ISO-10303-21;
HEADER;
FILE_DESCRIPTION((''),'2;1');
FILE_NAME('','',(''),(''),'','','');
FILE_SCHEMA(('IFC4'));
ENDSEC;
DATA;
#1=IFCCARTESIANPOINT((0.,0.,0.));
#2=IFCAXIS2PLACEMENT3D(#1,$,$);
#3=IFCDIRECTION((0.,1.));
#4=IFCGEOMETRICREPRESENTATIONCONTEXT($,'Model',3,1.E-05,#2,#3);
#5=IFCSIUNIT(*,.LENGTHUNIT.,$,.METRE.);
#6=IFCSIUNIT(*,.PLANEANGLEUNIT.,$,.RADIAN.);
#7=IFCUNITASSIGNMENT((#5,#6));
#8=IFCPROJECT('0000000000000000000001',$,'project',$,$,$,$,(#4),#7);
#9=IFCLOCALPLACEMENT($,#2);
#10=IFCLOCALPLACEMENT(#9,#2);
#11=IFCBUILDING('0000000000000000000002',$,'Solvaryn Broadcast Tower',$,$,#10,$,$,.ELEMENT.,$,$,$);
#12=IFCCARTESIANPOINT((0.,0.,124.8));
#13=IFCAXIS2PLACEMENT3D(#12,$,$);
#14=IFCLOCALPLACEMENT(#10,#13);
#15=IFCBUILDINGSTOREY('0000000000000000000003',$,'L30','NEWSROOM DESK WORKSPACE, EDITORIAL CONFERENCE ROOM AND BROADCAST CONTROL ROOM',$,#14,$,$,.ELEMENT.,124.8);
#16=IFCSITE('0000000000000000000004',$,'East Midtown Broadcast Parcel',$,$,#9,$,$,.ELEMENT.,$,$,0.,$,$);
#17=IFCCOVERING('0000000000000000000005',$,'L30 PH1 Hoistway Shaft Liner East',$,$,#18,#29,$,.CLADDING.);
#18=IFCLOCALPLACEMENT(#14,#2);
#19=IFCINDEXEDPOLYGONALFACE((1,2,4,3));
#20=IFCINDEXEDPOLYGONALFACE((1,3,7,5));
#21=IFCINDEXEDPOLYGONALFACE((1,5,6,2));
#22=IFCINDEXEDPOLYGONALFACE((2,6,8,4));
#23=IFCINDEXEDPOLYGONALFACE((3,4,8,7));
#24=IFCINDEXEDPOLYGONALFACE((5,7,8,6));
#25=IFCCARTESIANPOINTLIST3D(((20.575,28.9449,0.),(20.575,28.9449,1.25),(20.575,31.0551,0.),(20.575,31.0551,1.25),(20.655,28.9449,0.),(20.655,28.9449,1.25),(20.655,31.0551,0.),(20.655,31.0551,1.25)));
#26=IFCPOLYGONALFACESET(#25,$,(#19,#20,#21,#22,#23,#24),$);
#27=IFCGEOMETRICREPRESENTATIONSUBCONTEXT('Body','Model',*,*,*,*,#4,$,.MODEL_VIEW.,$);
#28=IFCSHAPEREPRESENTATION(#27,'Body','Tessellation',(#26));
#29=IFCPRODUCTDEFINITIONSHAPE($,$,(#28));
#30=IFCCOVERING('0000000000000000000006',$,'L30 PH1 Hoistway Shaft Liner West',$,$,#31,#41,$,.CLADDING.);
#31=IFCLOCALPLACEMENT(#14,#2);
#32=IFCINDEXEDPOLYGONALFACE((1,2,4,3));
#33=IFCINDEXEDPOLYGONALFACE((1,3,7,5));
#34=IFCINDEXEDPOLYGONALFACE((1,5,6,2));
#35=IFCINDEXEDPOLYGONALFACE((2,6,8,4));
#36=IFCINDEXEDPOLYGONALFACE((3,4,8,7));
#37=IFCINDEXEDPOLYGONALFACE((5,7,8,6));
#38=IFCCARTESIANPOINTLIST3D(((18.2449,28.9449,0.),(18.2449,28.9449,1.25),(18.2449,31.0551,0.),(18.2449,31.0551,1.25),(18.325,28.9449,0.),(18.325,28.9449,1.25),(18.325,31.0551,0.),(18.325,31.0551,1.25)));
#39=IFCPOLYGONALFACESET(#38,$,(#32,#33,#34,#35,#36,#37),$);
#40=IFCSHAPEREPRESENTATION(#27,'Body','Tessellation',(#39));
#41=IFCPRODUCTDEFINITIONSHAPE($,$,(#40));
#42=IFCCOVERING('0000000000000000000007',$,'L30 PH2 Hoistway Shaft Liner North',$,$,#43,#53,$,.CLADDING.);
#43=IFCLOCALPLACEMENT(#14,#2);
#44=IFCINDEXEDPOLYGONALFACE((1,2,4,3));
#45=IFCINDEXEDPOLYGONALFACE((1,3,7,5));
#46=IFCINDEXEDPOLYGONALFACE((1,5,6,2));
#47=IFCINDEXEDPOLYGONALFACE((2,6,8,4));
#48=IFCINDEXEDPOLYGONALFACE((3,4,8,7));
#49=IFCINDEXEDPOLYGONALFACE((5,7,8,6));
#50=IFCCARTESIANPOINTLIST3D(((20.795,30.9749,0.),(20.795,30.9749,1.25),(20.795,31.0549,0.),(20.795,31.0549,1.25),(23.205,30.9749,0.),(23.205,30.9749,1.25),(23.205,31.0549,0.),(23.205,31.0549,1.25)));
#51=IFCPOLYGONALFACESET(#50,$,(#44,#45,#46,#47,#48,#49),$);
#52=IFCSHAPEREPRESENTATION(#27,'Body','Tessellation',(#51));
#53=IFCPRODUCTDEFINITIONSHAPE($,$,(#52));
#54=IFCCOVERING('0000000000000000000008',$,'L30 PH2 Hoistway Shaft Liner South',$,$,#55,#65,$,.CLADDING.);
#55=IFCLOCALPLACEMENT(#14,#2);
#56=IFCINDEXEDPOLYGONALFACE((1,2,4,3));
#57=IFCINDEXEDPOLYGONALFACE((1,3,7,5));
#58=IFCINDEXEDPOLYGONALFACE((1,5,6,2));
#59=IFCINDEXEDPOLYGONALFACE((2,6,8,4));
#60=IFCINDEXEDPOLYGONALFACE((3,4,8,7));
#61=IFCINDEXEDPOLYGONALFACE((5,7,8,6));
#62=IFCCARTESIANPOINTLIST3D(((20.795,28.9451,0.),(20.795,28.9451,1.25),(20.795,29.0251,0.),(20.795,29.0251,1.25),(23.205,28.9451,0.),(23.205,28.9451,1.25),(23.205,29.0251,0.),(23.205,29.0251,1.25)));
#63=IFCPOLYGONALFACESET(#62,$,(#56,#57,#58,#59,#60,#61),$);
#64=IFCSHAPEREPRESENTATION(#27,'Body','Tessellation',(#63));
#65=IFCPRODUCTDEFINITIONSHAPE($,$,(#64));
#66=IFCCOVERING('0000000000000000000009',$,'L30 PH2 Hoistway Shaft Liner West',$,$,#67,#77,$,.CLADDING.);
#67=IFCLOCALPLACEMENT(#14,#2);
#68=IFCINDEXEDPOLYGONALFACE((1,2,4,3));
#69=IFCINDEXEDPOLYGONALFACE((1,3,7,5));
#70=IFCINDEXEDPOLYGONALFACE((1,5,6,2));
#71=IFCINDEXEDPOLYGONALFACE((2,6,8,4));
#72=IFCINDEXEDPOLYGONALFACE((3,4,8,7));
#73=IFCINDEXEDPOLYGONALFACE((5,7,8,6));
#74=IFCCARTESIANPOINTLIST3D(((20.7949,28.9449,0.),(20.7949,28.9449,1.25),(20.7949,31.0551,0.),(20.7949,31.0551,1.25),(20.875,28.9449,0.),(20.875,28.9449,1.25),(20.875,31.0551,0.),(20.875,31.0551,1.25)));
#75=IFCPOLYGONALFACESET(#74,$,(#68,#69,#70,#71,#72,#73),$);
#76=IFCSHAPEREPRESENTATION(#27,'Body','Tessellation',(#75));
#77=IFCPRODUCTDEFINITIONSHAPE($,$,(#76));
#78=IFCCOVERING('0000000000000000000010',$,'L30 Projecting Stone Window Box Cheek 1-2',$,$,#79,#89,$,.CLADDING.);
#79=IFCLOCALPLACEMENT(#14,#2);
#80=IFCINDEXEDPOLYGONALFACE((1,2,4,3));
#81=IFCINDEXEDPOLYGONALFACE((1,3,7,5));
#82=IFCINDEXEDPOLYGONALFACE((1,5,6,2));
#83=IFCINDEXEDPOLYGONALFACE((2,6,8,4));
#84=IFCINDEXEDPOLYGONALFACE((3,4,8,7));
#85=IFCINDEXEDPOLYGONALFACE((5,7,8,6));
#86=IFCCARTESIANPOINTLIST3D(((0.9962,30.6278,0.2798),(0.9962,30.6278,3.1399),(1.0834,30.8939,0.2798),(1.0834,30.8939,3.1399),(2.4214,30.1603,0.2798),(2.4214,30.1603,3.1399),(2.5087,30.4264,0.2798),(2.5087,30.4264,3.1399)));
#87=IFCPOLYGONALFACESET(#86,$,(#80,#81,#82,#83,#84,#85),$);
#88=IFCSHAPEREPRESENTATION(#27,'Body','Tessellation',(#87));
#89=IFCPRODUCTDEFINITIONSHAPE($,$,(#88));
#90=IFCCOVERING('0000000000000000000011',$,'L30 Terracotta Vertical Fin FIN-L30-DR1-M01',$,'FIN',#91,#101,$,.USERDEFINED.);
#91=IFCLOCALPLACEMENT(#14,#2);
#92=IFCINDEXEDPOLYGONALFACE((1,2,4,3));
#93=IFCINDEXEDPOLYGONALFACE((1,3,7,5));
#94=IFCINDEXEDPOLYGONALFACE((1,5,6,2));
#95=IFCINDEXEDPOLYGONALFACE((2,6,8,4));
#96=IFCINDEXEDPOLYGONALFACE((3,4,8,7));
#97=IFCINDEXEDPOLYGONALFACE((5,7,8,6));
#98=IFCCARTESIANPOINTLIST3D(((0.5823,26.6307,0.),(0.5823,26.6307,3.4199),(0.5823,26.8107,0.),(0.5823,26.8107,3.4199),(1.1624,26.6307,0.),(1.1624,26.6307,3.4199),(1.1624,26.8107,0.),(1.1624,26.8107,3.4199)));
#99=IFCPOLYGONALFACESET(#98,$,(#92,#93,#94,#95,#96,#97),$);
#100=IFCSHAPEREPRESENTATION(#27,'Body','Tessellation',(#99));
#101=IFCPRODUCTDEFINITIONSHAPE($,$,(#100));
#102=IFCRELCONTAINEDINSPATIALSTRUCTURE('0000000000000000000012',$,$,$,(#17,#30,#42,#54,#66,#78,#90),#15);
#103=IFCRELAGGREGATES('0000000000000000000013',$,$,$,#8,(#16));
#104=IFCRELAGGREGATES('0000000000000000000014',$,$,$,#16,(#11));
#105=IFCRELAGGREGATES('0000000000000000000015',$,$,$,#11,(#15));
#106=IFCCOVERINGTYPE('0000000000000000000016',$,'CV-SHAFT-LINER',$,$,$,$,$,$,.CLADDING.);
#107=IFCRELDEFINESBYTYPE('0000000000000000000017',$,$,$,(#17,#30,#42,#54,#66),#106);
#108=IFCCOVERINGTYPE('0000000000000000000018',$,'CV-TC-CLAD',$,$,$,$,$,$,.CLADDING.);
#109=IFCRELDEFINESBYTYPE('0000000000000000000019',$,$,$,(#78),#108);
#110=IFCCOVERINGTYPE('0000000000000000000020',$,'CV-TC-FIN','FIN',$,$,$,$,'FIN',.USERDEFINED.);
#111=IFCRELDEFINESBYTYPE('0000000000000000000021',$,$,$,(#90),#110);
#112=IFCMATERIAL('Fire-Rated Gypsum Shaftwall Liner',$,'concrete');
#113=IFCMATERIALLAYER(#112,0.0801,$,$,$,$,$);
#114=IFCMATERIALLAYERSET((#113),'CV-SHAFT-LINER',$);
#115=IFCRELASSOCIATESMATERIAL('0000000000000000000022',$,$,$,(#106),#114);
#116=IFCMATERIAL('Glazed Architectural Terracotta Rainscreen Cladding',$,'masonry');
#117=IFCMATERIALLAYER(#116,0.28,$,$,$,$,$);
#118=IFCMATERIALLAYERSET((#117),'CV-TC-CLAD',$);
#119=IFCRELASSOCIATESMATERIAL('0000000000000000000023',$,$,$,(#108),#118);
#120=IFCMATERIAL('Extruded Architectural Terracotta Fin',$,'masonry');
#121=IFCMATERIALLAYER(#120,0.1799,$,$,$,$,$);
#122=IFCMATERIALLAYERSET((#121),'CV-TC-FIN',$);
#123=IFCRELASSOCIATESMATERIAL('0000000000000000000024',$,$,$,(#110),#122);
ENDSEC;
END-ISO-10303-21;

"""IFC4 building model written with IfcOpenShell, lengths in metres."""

from ifc_helpers import new_model, si_unit, direction, frame, origin, origin_2d, place, context, subcontext, project, spatial, rectangle, extrude, material, layer, layer_set, type_object, element, save


model = new_model("IFC4")

# Units and contexts
model_context = context("Model", 3, precision=1e-05, world=origin(), true_north=direction((0.0, 1.0)))
body_context = subcontext(model_context, "Body", "Model", "MODEL_VIEW")
ifc_project = project(units=[si_unit("LENGTHUNIT", "METRE"), si_unit("PLANEANGLEUNIT", "RADIAN")], contexts=[model_context])

# Site, building, storey
site_placement = place(None, origin())
site = spatial("IfcSite", under=ifc_project, at=site_placement, Name="East Midtown Broadcast Parcel", CompositionType="ELEMENT", RefElevation=0.0)
building_placement = place(site_placement, origin())
building = spatial("IfcBuilding", under=site, at=building_placement, Name="Solvaryn Broadcast Tower", CompositionType="ELEMENT")
storey_placement = place(building_placement, frame((0.0, 0.0, 124.8)))
storey = spatial("IfcBuildingStorey", under=building, at=storey_placement, Name="L30", Description="NEWSROOM DESK WORKSPACE, EDITORIAL CONFERENCE ROOM AND BROADCAST CONTROL ROOM", CompositionType="ELEMENT", Elevation=124.8)

# Coverings
ifc_material_1 = material(Name="Fire-Rated Gypsum Shaftwall Liner", Category="concrete")
ifc_layer_1 = layer(ifc_material_1, 0.0801)
ifc_layer_set_1 = layer_set([ifc_layer_1], Name="CV-SHAFT-LINER")
covering_type_1 = type_object("IfcCoveringType", Name="CV-SHAFT-LINER", PredefinedType="CLADDING", material=ifc_layer_set_1)
for number, where, z_axis, x_axis, name in (
    (1, (20.615, 30.0, 0.0), (0.0, 0.0, 1.0), (1.0, 0.0, 0.0), "L30 PH1 Hoistway Shaft Liner East"),
    (2, (18.2849, 30.0, 0.0), (0.0, 0.0, 1.0), (1.0, 0.0, 0.0), "L30 PH1 Hoistway Shaft Liner West"),
):
    element("IfcCovering", number, at=place(storey_placement, frame(where, z_axis=z_axis, x_axis=x_axis)), inside=storey, type_object=covering_type_1, Name=name, PredefinedType="CLADDING", context=body_context, shape_type="SweptSolid", body=[
        extrude(rectangle(XDim=0.0801, YDim=2.1101, at=origin_2d()), origin(), (0.0, 0.0, 1.0), 1.25),
    ])
for number, where, z_axis, x_axis, name in (
    (3, (22.0, 31.0149, 0.0), (0.0, 0.0, 1.0), (1.0, 0.0, 0.0), "L30 PH2 Hoistway Shaft Liner North"),
    (4, (22.0, 28.9851, 0.0), (0.0, 0.0, 1.0), (1.0, 0.0, 0.0), "L30 PH2 Hoistway Shaft Liner South"),
):
    element("IfcCovering", number, at=place(storey_placement, frame(where, z_axis=z_axis, x_axis=x_axis)), inside=storey, type_object=covering_type_1, Name=name, PredefinedType="CLADDING", context=body_context, shape_type="SweptSolid", body=[
        extrude(rectangle(XDim=2.4099, YDim=0.0801, at=origin_2d()), origin(), (0.0, 0.0, 1.0), 1.25),
    ])
covering_1_placement = place(storey_placement, frame((20.835, 30.0, 0.0), z_axis=(0.0, 0.0, 1.0), x_axis=(1.0, 0.0, 0.0)))
element("IfcCovering", 5, at=covering_1_placement, inside=storey, type_object=covering_type_1, Name="L30 PH2 Hoistway Shaft Liner West", PredefinedType="CLADDING", context=body_context, shape_type="SweptSolid", body=[
    extrude(rectangle(XDim=0.0801, YDim=2.1101, at=origin_2d()), origin(), (0.0, 0.0, 1.0), 1.25),
])
ifc_material_2 = material(Name="Glazed Architectural Terracotta Rainscreen Cladding", Category="masonry")
ifc_layer_2 = layer(ifc_material_2, 0.28)
ifc_layer_set_2 = layer_set([ifc_layer_2], Name="CV-TC-CLAD")
covering_type_2 = type_object("IfcCoveringType", Name="CV-TC-CLAD", PredefinedType="CLADDING", material=ifc_layer_set_2)
covering_2_placement = place(storey_placement, frame((1.7524, 30.5271, 0.2798), z_axis=(0.0, 0.0, 1.0), x_axis=(-0.311672, -0.95019, 0.0)))
element("IfcCovering", 6, at=covering_2_placement, inside=storey, type_object=covering_type_2, Name="L30 Projecting Stone Window Box Cheek 1-2", PredefinedType="CLADDING", context=body_context, shape_type="SweptSolid", body=[
    extrude(rectangle(XDim=0.28, YDim=1.5, at=origin_2d()), origin(), (0.0, 0.0, 1.0), 2.8601),
])
ifc_material_3 = material(Name="Extruded Architectural Terracotta Fin", Category="masonry")
ifc_layer_3 = layer(ifc_material_3, 0.1799)
ifc_layer_set_3 = layer_set([ifc_layer_3], Name="CV-TC-FIN")
covering_type_3 = type_object("IfcCoveringType", Name="CV-TC-FIN", Description="FIN", ElementType="FIN", PredefinedType="USERDEFINED", material=ifc_layer_set_3)
covering_3_placement = place(storey_placement, frame((0.8723, 26.7207, 0.0), z_axis=(0.0, 0.0, 1.0), x_axis=(1.0, 0.0, 0.0)))
element("IfcCovering", 7, at=covering_3_placement, inside=storey, type_object=covering_type_3, Name="L30 Terracotta Vertical Fin FIN-L30-DR1-M01", ObjectType="FIN", PredefinedType="USERDEFINED", context=body_context, shape_type="SweptSolid", body=[
    extrude(rectangle(XDim=0.5801, YDim=0.1799, at=origin_2d()), origin(), (0.0, 0.0, 1.0), 3.4199),
])

save(model, "model.ifc")
